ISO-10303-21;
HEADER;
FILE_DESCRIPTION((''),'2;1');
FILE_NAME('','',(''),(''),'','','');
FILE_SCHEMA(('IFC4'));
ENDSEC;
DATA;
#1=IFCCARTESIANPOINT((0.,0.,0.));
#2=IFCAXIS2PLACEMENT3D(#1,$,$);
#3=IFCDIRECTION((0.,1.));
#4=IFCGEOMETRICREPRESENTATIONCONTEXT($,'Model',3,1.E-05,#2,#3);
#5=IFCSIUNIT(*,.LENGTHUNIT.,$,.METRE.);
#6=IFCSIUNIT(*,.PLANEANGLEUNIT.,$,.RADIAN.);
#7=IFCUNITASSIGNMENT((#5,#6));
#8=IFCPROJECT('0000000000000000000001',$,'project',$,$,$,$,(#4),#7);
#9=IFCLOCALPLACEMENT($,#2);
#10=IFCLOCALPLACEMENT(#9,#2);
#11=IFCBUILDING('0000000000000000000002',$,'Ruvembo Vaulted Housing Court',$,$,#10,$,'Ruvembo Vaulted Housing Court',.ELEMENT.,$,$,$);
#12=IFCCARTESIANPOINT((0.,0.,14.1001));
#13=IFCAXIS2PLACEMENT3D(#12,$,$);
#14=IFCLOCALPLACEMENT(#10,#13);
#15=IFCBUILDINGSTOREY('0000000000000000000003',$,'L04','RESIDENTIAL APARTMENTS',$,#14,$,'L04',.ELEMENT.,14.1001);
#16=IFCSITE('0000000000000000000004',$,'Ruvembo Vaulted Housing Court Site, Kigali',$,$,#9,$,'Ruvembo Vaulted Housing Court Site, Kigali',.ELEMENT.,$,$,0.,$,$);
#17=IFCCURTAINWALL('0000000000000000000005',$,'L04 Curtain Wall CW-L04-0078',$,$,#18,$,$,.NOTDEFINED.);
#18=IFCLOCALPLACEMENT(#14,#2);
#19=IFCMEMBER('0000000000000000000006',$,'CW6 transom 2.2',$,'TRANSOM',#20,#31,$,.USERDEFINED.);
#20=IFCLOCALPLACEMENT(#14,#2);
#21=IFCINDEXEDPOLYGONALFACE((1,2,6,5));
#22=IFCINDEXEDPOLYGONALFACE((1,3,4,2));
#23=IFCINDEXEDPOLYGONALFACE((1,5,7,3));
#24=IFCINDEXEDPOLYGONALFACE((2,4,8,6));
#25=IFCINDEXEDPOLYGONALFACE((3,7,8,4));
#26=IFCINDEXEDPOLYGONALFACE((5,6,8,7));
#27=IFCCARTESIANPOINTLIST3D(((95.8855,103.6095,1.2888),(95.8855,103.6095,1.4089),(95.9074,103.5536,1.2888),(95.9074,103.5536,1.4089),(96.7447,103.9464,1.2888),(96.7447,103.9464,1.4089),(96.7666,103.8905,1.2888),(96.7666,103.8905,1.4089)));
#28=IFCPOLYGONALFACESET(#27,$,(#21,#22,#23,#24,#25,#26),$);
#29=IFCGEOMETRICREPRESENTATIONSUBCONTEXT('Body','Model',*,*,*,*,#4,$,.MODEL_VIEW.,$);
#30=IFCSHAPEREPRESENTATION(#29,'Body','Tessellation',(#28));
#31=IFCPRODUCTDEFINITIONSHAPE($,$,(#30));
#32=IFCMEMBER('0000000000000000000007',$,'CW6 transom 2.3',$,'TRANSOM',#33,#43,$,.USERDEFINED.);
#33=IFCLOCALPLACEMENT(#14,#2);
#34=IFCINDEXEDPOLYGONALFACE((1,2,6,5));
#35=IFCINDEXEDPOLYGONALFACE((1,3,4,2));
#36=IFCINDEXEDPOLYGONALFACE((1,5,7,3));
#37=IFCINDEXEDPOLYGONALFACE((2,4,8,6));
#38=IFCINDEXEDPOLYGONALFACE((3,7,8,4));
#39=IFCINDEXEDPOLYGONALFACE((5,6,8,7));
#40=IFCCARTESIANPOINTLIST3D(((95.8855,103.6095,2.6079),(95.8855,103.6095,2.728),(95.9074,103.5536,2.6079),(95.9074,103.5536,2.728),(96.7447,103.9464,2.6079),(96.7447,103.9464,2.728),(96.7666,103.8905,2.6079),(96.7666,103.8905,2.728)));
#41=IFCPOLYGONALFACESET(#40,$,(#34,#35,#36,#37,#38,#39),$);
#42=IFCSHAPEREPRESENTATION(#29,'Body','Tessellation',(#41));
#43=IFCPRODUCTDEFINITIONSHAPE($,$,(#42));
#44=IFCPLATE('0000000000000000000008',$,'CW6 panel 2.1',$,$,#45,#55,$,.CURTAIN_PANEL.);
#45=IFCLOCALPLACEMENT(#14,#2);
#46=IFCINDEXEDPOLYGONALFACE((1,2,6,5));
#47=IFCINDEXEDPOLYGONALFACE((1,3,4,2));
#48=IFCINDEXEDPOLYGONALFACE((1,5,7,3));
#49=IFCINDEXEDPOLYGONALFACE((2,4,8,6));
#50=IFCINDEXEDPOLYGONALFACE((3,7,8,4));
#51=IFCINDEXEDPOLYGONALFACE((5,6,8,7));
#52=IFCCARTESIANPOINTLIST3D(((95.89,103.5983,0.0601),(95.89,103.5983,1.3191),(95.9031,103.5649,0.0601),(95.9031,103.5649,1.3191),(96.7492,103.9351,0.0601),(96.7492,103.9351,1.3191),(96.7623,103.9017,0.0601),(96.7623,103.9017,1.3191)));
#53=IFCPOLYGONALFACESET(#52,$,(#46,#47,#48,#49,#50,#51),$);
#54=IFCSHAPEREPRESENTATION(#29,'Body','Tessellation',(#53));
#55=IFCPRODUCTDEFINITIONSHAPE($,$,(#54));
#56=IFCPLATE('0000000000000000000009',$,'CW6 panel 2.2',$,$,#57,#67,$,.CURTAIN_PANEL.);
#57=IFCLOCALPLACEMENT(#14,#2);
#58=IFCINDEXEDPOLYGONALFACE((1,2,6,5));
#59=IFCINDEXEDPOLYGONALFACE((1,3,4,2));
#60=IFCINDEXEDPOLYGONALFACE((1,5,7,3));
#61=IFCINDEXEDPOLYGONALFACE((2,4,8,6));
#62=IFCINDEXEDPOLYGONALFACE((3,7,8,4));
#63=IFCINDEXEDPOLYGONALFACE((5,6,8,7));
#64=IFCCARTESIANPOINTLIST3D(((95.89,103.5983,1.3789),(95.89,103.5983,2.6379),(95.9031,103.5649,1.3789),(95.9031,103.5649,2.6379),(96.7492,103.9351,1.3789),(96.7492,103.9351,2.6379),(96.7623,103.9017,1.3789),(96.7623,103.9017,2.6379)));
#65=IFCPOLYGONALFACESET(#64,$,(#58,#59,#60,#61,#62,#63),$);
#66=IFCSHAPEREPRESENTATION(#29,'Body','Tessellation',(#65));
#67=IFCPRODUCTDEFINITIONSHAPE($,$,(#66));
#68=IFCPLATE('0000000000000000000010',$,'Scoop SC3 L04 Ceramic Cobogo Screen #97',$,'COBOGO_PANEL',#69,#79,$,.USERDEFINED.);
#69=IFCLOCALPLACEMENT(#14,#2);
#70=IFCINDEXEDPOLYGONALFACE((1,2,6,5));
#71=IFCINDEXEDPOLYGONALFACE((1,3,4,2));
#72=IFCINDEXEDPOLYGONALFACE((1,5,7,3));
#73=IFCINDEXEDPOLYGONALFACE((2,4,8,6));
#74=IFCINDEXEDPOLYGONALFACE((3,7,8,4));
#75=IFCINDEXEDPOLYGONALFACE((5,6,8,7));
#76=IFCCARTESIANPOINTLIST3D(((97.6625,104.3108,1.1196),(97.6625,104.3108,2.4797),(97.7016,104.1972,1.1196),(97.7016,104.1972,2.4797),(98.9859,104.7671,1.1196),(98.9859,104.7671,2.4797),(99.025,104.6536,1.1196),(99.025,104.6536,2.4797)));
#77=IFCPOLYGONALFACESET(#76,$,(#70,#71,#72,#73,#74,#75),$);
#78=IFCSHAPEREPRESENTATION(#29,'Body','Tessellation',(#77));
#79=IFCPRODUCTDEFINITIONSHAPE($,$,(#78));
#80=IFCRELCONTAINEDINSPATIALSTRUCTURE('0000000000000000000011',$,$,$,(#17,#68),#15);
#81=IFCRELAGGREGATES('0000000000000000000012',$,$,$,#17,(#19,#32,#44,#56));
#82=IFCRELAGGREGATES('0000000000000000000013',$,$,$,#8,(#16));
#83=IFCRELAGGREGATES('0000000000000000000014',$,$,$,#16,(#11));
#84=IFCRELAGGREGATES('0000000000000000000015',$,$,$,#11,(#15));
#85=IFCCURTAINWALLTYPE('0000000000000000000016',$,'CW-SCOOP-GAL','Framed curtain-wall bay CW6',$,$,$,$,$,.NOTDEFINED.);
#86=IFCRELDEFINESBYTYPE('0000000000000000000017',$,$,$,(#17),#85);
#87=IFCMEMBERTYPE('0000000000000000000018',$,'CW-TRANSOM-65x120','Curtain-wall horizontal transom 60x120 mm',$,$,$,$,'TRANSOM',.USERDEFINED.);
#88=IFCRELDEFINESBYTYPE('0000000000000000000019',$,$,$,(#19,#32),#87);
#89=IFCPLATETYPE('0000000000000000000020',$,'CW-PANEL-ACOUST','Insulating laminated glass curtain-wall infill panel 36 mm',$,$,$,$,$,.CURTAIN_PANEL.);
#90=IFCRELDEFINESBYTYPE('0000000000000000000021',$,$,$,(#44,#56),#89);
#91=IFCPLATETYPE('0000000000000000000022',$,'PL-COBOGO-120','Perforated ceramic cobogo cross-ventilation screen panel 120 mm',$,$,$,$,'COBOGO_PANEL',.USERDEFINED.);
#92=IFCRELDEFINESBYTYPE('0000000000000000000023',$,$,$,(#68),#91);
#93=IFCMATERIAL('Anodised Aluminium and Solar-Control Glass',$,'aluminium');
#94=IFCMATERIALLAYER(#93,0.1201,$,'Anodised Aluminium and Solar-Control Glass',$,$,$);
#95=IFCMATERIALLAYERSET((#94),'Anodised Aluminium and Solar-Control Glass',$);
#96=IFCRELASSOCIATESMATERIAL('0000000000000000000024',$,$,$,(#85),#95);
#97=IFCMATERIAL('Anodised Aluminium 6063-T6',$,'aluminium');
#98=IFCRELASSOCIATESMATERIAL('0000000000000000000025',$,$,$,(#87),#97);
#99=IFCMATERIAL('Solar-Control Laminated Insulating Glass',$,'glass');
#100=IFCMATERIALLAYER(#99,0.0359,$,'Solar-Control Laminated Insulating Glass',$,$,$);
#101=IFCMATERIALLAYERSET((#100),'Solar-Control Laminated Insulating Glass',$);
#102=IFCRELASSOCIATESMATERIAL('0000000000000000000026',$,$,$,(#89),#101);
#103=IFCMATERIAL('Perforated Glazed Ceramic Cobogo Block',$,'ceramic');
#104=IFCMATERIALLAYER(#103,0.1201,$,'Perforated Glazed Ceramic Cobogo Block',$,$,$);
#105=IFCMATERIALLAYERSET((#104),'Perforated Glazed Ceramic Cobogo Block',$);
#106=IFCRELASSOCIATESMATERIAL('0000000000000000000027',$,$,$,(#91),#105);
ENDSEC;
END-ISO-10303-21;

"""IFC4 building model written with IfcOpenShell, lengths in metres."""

from ifc_helpers import new_model, si_unit, direction, frame, origin, origin_2d, place, context, subcontext, project, spatial, rectangle, extrude, material, layer, layer_set, material_profile, profile_set, type_object, element, aggregate, save


model = new_model("IFC4")

# Units and contexts
model_context = context("Model", 3, precision=1e-05, world=origin(), true_north=direction((0.0, 1.0)))
body_context = subcontext(model_context, "Body", "Model", "MODEL_VIEW")
ifc_project = project(units=[si_unit("LENGTHUNIT", "METRE"), si_unit("PLANEANGLEUNIT", "RADIAN")], contexts=[model_context])

# Site, building, storey
site_placement = place(None, origin())
site = spatial("IfcSite", under=ifc_project, at=site_placement, Name="Ruvembo Vaulted Housing Court Site, Kigali", LongName="Ruvembo Vaulted Housing Court Site, Kigali", CompositionType="ELEMENT", RefElevation=0.0)
building_placement = place(site_placement, origin())
building = spatial("IfcBuilding", under=site, at=building_placement, Name="Ruvembo Vaulted Housing Court", LongName="Ruvembo Vaulted Housing Court", CompositionType="ELEMENT")
storey_placement = place(building_placement, frame((0.0, 0.0, 14.1001)))
storey = spatial("IfcBuildingStorey", under=building, at=storey_placement, Name="L04", Description="RESIDENTIAL APARTMENTS", LongName="L04", CompositionType="ELEMENT", Elevation=14.1001)

# Curtain wall, members, plates
ifc_material_1 = material(Name="Anodised Aluminium and Solar-Control Glass", Category="aluminium")
ifc_layer_1 = layer(ifc_material_1, 0.1201, Name="Anodised Aluminium and Solar-Control Glass")
ifc_layer_set_1 = layer_set([ifc_layer_1], Name="Anodised Aluminium and Solar-Control Glass")
curtain_wall_type = type_object("IfcCurtainWallType", Name="CW-SCOOP-GAL", Description="Framed curtain-wall bay CW6", PredefinedType="NOTDEFINED", material=ifc_layer_set_1)
curtain_wall_placement = place(storey_placement, origin())
curtain_wall = element("IfcCurtainWall", 1, at=curtain_wall_placement, inside=storey, type_object=curtain_wall_type, Name="L04 Curtain Wall CW-L04-0078", PredefinedType="NOTDEFINED")
ifc_material_2 = material(Name="Anodised Aluminium 6063-T6", Category="aluminium")
ifc_material_profile_1 = material_profile(ifc_material_2, rectangle(XDim=0.0601, YDim=0.1201, at=origin_2d()), Name="ALU 60x120")
ifc_profile_set_1 = profile_set([ifc_material_profile_1], Name="Anodised Aluminium 6063-T6")
member_type_1 = type_object("IfcMemberType", Name="CW-TRANSOM-65x120", Description="Curtain-wall horizontal transom 60x120 mm", ElementType="TRANSOM", PredefinedType="USERDEFINED", material=ifc_profile_set_1)
member_1_placement = place(storey_placement, frame((95.8965, 103.5815, 1.3489), z_axis=(0.930973, 0.365088, 0.0), x_axis=(-0.365088, 0.930973, 0.0)))
member_1 = element("IfcMember", 2, at=member_1_placement, type_object=member_type_1, Name="CW6 transom 2.2", ObjectType="TRANSOM", PredefinedType="USERDEFINED", context=body_context, shape_type="SweptSolid", body=[
    extrude(rectangle(XDim=0.0601, YDim=0.1201, at=origin_2d()), origin(), (0.0, 0.0, 1.0), 0.9229),
])
member_2_placement = place(storey_placement, frame((95.8965, 103.5815, 2.668), z_axis=(0.930973, 0.365088, 0.0), x_axis=(-0.365088, 0.930973, 0.0)))
member_2 = element("IfcMember", 3, at=member_2_placement, type_object=member_type_1, Name="CW6 transom 2.3", ObjectType="TRANSOM", PredefinedType="USERDEFINED", context=body_context, shape_type="SweptSolid", body=[
    extrude(rectangle(XDim=0.0601, YDim=0.1201, at=origin_2d()), origin(), (0.0, 0.0, 1.0), 0.9229),
])
ifc_material_3 = material(Name="Solar-Control Laminated Insulating Glass", Category="glass")
ifc_layer_2 = layer(ifc_material_3, 0.0359, Name="Solar-Control Laminated Insulating Glass")
ifc_layer_set_2 = layer_set([ifc_layer_2], Name="Solar-Control Laminated Insulating Glass")
plate_type_1 = type_object("IfcPlateType", Name="CW-PANEL-ACOUST", Description="Insulating laminated glass curtain-wall infill panel 36 mm", PredefinedType="CURTAIN_PANEL", material=ifc_layer_set_2)
plate_1_placement = place(storey_placement, frame((96.3262, 103.75, 0.0601), z_axis=(0.0, 0.0, 1.0), x_axis=(0.931006, 0.365003, 0.0)))
plate_1 = element("IfcPlate", 4, at=plate_1_placement, type_object=plate_type_1, Name="CW6 panel 2.1", PredefinedType="CURTAIN_PANEL", context=body_context, shape_type="SweptSolid", body=[
    extrude(rectangle(XDim=0.9229, YDim=0.0359, at=origin_2d()), origin(), (0.0, 0.0, 1.0), 1.259),
])
plate_2_placement = place(storey_placement, frame((96.3262, 103.75, 1.3789), z_axis=(0.0, 0.0, 1.0), x_axis=(0.931006, 0.365003, 0.0)))
plate_2 = element("IfcPlate", 5, at=plate_2_placement, type_object=plate_type_1, Name="CW6 panel 2.2", PredefinedType="CURTAIN_PANEL", context=body_context, shape_type="SweptSolid", body=[
    extrude(rectangle(XDim=0.9229, YDim=0.0359, at=origin_2d()), origin(), (0.0, 0.0, 1.0), 1.259),
])
aggregate(curtain_wall, [member_1, member_2, plate_1, plate_2])

# Plate
ifc_material_4 = material(Name="Perforated Glazed Ceramic Cobogo Block", Category="ceramic")
ifc_layer_3 = layer(ifc_material_4, 0.1201, Name="Perforated Glazed Ceramic Cobogo Block")
ifc_layer_set_3 = layer_set([ifc_layer_3], Name="Perforated Glazed Ceramic Cobogo Block")
plate_type_2 = type_object("IfcPlateType", Name="PL-COBOGO-120", Description="Perforated ceramic cobogo cross-ventilation screen panel 120 mm", ElementType="COBOGO_PANEL", PredefinedType="USERDEFINED", material=ifc_layer_set_3)
plate_3_placement = place(storey_placement, frame((98.3438, 104.4822, 1.1196), z_axis=(0.0, 0.0, 1.0), x_axis=(0.945371, 0.325997, 0.0)))
element("IfcPlate", 6, at=plate_3_placement, inside=storey, type_object=plate_type_2, Name="Scoop SC3 L04 Ceramic Cobogo Screen #97", ObjectType="COBOGO_PANEL", PredefinedType="USERDEFINED", context=body_context, shape_type="SweptSolid", body=[
    extrude(rectangle(XDim=1.3999, YDim=0.1201, at=origin_2d()), origin(), (0.0, 0.0, 1.0), 1.3601),
])

save(model, "model.ifc")
